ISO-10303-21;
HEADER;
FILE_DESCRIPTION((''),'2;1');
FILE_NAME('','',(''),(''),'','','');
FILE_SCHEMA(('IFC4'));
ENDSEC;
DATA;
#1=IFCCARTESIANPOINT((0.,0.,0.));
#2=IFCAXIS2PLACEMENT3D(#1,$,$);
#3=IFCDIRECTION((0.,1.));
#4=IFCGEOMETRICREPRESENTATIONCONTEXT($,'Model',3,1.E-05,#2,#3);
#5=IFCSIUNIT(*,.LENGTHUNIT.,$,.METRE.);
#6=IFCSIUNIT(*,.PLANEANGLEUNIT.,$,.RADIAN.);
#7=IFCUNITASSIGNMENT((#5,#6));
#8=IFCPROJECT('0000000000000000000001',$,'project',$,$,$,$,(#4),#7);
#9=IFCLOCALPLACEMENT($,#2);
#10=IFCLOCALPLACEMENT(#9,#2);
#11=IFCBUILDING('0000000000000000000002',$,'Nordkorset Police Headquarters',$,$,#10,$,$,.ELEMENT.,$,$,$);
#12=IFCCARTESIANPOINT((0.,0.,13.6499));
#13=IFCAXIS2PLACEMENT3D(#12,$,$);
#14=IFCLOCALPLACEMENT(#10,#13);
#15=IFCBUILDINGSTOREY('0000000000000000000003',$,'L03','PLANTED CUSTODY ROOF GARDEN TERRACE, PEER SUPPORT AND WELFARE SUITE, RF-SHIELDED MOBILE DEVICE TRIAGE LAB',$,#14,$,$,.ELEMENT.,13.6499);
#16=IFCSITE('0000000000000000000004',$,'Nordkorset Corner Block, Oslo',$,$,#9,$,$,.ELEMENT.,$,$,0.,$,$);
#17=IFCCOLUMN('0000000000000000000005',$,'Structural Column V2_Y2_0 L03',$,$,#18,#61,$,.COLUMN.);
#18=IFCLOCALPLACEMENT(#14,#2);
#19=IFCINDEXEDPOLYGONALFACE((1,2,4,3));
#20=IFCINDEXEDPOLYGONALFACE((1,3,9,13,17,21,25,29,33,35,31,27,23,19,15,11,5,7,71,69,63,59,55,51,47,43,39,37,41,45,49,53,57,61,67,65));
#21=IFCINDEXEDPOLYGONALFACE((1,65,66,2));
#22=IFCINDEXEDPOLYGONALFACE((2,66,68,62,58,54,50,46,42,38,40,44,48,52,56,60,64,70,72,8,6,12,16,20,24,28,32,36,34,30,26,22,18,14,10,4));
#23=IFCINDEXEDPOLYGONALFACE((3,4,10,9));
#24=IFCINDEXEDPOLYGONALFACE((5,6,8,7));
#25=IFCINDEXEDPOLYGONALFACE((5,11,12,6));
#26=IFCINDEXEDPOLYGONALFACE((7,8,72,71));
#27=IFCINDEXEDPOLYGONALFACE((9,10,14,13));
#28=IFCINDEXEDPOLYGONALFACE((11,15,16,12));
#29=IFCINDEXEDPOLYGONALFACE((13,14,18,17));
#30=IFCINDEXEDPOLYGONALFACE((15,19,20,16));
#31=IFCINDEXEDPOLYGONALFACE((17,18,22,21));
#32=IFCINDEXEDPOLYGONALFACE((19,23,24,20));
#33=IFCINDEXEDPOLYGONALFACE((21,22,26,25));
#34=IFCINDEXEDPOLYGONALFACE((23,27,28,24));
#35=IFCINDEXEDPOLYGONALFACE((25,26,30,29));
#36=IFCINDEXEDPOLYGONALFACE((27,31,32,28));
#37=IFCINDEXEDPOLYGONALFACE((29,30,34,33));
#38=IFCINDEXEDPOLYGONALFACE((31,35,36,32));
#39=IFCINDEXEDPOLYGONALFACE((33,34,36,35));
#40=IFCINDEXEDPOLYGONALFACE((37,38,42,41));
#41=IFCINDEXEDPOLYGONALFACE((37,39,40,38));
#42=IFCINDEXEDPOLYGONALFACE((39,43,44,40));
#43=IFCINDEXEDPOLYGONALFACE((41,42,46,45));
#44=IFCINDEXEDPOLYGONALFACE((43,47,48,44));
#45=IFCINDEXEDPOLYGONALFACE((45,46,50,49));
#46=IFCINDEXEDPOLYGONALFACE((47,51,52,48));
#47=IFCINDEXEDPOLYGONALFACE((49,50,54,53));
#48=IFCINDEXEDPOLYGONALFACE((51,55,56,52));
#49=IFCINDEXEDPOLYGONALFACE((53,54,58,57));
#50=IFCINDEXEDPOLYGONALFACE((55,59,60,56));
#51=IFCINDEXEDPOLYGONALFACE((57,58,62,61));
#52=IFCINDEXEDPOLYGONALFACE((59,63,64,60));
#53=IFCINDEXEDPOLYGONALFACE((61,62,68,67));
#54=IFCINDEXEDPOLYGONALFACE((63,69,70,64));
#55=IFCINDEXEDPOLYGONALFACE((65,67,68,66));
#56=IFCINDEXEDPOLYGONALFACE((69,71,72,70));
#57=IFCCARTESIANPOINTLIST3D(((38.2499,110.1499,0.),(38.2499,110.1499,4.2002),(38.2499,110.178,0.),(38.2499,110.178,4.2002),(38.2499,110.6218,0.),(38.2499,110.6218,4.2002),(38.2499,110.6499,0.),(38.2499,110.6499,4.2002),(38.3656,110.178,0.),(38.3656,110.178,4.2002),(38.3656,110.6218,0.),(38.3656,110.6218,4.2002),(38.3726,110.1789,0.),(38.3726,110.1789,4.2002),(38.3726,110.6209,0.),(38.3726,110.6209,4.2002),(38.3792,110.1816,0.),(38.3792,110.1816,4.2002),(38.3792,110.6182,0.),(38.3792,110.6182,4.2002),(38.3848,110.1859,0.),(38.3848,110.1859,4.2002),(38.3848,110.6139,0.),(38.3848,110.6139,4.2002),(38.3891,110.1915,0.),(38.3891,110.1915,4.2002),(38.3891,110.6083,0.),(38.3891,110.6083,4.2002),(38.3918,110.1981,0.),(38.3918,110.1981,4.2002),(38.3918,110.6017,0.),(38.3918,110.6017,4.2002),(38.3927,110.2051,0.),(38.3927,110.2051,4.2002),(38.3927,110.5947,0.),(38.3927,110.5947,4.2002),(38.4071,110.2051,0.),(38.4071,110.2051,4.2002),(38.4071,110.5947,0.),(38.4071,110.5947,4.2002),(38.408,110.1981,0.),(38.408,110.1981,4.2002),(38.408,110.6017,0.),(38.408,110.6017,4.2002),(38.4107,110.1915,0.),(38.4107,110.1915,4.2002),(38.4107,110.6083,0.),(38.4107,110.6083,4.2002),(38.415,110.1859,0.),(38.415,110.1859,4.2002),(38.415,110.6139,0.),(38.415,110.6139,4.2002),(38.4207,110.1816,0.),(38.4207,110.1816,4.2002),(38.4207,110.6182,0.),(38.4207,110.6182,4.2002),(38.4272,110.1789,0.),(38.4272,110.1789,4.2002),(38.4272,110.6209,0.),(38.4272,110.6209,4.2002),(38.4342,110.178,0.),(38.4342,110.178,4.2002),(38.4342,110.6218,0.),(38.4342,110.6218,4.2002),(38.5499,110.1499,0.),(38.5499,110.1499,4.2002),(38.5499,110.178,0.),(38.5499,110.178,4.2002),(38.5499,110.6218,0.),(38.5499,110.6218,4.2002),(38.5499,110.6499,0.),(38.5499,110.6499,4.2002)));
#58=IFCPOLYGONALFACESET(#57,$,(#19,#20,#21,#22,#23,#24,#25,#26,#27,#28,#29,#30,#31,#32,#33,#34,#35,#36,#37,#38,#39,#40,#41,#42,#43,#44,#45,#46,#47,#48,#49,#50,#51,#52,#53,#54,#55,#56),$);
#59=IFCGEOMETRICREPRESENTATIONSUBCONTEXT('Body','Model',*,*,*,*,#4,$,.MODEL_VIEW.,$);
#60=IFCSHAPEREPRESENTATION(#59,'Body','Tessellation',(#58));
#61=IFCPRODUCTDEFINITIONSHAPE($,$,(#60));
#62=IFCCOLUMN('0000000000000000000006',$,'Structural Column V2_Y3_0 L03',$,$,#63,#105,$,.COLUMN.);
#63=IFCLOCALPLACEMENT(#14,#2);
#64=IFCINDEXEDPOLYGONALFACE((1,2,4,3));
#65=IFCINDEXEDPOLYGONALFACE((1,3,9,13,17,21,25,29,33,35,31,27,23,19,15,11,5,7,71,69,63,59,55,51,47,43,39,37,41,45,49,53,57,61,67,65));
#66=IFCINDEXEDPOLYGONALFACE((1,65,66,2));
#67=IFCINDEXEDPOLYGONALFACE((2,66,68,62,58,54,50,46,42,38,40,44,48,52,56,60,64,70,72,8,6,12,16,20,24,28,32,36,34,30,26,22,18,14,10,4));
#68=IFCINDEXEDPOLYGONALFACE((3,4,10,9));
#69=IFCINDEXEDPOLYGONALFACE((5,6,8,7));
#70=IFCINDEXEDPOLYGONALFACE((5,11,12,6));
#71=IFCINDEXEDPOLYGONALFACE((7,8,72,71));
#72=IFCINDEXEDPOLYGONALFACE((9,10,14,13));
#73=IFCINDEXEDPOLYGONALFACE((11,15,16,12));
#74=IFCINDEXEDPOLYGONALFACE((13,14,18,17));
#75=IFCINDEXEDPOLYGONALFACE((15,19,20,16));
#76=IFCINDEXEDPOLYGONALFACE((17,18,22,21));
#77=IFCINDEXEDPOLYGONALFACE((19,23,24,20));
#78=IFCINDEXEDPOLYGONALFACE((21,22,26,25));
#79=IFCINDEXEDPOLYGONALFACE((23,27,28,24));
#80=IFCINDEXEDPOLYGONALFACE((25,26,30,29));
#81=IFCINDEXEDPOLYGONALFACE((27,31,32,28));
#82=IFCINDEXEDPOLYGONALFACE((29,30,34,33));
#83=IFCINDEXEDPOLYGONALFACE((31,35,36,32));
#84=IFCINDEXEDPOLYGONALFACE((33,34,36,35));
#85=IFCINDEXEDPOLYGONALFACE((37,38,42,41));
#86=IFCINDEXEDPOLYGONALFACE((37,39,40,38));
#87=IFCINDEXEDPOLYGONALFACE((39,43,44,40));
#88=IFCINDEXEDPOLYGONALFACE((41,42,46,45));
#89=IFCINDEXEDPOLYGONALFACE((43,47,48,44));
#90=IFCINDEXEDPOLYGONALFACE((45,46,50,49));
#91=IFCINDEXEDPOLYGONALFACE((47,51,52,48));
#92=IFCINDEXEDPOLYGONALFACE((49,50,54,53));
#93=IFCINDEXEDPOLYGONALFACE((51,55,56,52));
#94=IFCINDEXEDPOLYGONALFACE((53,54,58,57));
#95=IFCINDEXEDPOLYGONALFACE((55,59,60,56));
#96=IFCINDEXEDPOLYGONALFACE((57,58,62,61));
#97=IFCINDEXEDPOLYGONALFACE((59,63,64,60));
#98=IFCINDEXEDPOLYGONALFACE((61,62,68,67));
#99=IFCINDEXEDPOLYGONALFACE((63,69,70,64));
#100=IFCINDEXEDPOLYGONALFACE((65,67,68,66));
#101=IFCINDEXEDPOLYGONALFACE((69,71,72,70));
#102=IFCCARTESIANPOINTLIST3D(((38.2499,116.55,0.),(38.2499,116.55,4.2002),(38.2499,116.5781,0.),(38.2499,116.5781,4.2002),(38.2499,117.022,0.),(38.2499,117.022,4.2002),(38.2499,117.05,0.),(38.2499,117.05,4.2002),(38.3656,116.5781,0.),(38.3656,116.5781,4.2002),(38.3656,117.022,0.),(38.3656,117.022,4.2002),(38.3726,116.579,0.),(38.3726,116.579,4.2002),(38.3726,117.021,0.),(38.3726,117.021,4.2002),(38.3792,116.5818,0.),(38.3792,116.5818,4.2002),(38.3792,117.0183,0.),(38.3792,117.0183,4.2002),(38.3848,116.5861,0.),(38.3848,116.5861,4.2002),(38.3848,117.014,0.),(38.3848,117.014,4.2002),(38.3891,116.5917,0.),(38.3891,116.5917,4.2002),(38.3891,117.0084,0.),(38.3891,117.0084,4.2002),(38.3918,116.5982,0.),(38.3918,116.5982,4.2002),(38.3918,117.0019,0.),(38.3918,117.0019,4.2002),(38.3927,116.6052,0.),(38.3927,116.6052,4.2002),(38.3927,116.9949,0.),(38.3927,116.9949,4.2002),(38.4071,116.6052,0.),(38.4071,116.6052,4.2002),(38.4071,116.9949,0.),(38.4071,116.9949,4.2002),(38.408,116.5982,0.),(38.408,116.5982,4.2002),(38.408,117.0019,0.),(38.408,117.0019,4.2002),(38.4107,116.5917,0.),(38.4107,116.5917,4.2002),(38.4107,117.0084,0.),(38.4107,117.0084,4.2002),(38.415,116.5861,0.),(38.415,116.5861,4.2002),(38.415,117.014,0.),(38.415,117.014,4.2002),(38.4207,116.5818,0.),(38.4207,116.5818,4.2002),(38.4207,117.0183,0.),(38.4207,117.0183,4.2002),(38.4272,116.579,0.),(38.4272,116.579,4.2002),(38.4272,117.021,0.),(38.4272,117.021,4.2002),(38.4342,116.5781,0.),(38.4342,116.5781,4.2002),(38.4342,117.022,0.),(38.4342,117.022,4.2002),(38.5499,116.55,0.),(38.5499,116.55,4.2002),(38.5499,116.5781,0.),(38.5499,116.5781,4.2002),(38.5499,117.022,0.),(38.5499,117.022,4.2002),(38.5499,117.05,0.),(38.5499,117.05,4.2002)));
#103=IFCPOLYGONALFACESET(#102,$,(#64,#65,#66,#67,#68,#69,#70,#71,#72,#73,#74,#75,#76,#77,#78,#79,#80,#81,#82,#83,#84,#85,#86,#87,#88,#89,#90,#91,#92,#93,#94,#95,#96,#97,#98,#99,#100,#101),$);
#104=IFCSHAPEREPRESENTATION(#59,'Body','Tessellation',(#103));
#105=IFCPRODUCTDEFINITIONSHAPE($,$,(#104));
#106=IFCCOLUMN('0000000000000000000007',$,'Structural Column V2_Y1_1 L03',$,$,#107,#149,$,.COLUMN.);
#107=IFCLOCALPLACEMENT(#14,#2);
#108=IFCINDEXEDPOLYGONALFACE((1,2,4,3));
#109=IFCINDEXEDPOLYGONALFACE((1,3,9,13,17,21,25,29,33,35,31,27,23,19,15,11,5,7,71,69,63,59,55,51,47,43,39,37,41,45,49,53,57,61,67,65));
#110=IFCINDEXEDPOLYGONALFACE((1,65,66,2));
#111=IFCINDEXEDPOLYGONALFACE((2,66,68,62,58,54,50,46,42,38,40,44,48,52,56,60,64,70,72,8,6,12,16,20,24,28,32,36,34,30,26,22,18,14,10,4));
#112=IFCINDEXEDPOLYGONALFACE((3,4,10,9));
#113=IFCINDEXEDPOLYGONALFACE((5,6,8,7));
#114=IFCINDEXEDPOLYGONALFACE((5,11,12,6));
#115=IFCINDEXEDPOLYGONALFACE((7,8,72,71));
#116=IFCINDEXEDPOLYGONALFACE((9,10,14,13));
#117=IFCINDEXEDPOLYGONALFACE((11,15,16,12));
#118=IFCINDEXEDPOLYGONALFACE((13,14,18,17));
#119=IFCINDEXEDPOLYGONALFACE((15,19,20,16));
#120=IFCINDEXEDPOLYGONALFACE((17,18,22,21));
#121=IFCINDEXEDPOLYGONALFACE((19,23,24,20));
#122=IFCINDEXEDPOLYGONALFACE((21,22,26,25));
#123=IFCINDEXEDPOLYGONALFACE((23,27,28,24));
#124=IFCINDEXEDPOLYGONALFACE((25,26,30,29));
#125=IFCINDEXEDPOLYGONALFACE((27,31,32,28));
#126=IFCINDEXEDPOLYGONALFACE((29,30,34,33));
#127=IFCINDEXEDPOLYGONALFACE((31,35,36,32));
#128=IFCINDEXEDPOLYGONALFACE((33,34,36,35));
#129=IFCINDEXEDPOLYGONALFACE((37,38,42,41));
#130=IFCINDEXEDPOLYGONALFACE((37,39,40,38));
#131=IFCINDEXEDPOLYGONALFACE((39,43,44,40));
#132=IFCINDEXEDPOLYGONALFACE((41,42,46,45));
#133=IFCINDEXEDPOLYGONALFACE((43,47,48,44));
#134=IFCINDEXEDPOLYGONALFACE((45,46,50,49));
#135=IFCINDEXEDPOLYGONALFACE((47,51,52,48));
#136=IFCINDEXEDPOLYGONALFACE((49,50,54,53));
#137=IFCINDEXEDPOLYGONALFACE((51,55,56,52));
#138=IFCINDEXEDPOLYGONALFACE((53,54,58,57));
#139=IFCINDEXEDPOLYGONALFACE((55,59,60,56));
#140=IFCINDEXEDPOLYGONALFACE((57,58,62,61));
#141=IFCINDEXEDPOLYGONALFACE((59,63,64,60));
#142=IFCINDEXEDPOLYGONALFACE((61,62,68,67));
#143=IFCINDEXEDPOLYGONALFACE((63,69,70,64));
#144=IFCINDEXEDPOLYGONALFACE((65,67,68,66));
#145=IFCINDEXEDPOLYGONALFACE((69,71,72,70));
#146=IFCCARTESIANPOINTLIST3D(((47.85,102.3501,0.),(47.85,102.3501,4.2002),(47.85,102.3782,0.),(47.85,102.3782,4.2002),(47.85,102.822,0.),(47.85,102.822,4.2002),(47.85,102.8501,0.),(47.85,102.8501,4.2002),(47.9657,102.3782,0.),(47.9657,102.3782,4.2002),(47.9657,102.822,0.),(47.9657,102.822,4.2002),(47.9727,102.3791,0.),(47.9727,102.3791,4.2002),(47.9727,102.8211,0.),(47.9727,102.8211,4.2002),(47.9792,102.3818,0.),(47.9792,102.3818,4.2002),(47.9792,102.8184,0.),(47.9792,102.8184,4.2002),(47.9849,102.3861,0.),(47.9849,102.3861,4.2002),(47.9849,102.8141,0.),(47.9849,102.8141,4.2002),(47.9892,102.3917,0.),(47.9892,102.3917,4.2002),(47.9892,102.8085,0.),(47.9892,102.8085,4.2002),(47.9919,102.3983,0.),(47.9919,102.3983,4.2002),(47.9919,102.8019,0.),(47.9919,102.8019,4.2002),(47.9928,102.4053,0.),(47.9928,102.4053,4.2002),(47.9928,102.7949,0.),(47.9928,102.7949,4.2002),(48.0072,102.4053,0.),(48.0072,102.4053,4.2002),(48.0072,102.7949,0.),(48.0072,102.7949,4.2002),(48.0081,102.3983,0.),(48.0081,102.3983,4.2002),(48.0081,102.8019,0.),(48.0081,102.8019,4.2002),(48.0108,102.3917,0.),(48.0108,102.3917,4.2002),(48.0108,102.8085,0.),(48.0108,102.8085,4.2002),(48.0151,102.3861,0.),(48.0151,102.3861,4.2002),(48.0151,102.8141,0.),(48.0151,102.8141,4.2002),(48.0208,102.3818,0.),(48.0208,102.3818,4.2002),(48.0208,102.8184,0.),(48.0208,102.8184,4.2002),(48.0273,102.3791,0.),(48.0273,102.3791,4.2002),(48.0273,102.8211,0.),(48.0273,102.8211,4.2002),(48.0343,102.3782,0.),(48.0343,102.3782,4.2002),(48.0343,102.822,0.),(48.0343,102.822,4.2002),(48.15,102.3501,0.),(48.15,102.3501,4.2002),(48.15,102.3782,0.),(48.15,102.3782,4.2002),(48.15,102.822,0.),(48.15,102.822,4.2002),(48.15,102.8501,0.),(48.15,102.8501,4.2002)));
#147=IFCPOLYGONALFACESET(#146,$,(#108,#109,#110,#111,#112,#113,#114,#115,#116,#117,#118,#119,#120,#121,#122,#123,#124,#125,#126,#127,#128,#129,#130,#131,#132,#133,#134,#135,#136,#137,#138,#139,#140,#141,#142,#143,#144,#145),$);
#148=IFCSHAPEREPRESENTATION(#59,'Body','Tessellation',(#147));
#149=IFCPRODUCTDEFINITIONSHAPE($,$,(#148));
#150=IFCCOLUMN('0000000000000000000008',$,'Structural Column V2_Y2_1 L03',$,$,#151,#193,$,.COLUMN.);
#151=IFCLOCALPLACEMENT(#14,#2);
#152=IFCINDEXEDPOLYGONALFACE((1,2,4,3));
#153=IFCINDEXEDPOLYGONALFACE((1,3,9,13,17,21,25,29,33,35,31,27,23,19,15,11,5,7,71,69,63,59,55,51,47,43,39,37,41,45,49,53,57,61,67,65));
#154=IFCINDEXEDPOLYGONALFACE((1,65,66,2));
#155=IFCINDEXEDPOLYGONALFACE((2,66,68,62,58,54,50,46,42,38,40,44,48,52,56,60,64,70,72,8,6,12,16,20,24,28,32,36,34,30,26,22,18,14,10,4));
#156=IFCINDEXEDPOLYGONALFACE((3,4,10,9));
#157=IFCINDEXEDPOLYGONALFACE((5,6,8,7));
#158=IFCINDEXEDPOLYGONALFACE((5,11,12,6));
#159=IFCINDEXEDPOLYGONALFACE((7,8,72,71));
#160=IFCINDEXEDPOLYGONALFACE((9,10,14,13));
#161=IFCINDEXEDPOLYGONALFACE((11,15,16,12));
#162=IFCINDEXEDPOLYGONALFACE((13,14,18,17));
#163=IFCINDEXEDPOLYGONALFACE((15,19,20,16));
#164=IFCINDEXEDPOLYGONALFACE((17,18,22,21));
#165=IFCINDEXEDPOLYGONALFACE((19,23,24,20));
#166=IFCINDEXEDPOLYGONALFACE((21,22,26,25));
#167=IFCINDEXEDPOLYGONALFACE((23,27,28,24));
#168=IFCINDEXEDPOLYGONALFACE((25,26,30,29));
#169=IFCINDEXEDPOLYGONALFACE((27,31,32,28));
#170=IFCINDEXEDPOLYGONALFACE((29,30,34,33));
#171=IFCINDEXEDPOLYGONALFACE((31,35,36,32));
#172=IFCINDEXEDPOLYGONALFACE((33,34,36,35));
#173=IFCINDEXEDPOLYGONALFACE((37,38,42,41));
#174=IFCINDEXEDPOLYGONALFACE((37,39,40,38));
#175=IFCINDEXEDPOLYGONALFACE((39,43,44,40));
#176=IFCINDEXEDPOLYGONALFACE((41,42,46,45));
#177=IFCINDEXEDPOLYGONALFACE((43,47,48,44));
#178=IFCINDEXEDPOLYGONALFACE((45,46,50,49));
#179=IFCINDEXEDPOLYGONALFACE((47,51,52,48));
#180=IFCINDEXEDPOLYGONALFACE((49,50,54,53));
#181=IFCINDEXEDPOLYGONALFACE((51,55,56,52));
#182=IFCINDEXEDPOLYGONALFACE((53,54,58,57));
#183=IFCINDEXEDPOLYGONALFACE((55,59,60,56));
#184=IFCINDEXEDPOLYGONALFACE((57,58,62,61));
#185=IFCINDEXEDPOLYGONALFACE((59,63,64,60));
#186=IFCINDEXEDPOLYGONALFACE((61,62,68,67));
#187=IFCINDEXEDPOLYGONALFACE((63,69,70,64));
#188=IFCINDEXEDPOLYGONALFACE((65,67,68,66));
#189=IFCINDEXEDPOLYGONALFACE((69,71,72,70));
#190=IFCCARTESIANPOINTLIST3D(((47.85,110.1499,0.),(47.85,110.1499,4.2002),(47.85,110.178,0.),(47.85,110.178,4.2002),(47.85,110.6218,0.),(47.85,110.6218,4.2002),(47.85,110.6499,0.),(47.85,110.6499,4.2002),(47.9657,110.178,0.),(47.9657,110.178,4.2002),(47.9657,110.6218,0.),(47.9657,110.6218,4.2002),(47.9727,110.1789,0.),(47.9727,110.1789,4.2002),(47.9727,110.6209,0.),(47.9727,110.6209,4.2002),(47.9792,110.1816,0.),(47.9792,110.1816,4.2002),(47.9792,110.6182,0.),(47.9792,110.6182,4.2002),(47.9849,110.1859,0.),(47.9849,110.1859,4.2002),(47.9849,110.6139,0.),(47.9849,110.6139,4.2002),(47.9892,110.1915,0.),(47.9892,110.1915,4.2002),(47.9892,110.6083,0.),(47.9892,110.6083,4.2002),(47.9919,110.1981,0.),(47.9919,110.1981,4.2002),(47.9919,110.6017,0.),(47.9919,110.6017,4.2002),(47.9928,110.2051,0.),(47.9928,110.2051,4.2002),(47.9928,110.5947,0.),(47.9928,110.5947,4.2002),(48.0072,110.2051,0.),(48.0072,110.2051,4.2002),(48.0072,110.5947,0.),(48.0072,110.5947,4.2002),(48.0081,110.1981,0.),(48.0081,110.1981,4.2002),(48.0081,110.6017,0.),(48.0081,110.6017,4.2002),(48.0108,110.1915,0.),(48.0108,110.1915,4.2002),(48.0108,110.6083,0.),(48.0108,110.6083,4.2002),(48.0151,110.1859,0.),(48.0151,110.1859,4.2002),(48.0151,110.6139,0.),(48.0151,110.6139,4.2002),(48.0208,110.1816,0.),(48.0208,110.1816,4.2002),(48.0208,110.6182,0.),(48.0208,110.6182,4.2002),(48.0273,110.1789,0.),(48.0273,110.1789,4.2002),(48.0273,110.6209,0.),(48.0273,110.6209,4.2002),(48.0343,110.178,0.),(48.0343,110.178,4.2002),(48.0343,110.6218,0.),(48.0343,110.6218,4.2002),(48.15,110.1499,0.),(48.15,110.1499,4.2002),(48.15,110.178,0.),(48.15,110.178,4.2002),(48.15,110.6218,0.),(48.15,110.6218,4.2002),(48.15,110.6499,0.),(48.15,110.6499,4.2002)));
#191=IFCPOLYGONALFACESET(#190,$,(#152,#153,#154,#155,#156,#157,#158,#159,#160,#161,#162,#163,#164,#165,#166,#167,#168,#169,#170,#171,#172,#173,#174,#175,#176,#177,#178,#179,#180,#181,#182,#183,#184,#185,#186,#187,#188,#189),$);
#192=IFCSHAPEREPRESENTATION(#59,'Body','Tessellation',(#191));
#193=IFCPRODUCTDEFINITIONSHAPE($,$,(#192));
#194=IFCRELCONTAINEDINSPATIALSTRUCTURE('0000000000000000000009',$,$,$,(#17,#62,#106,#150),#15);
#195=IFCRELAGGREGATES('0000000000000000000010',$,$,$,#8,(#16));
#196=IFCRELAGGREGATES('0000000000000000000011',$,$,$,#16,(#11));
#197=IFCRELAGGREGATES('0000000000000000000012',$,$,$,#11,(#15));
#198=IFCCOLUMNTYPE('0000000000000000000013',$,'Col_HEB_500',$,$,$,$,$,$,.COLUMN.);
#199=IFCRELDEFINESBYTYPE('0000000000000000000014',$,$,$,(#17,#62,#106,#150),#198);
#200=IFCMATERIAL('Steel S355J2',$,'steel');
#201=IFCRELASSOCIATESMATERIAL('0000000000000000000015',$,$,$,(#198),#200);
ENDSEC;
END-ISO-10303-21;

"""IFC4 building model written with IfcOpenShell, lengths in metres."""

from ifc_helpers import new_model, si_unit, direction, frame, origin, origin_2d, place, context, subcontext, project, spatial, i_section, extrude, material, material_profile, profile_set, type_object, element, save


model = new_model("IFC4")

# Units and contexts
model_context = context("Model", 3, precision=1e-05, world=origin(), true_north=direction((0.0, 1.0)))
body_context = subcontext(model_context, "Body", "Model", "MODEL_VIEW")
ifc_project = project(units=[si_unit("LENGTHUNIT", "METRE"), si_unit("PLANEANGLEUNIT", "RADIAN")], contexts=[model_context])

# Site, building, storey
site_placement = place(None, origin())
site = spatial("IfcSite", under=ifc_project, at=site_placement, Name="Nordkorset Corner Block, Oslo", CompositionType="ELEMENT", RefElevation=0.0)
building_placement = place(site_placement, origin())
building = spatial("IfcBuilding", under=site, at=building_placement, Name="Nordkorset Police Headquarters", CompositionType="ELEMENT")
storey_placement = place(building_placement, frame((0.0, 0.0, 13.6499)))
storey = spatial("IfcBuildingStorey", under=building, at=storey_placement, Name="L03", Description="PLANTED CUSTODY ROOF GARDEN TERRACE, PEER SUPPORT AND WELFARE SUITE, RF-SHIELDED MOBILE DEVICE TRIAGE LAB", CompositionType="ELEMENT", Elevation=13.6499)

# Columns
ifc_material_1 = material(Name="Steel S355J2", Category="steel")
ifc_material_profile_1 = material_profile(ifc_material_1, i_section(OverallWidth=0.3, OverallDepth=0.5, WebThickness=0.0144, FlangeThickness=0.0281, FilletRadius=0.0271, at=origin_2d()), Name="HEB 500")
ifc_profile_set_1 = profile_set([ifc_material_profile_1], Name="Steel S355J2")
column_type = type_object("IfcColumnType", Name="Col_HEB_500", PredefinedType="COLUMN", material=ifc_profile_set_1)
for number, where, z_axis, x_axis, name in (
    (1, (38.3999, 110.3999, 0.0), (0.0, 0.0, 1.0), (1.0, 0.0, 0.0), "Structural Column V2_Y2_0 L03"),
    (2, (38.3999, 116.8, 0.0), (0.0, 0.0, 1.0), (1.0, 0.0, 0.0), "Structural Column V2_Y3_0 L03"),
    (3, (48.0, 102.6001, 0.0), (0.0, 0.0, 1.0), (1.0, 0.0, 0.0), "Structural Column V2_Y1_1 L03"),
    (4, (48.0, 110.3999, 0.0), (0.0, 0.0, 1.0), (1.0, 0.0, 0.0), "Structural Column V2_Y2_1 L03"),
):
    element("IfcColumn", number, at=place(storey_placement, frame(where, z_axis=z_axis, x_axis=x_axis)), inside=storey, type_object=column_type, Name=name, PredefinedType="COLUMN", context=body_context, shape_type="SweptSolid", body=[
        extrude(i_section(OverallWidth=0.3, OverallDepth=0.5, WebThickness=0.0144, FlangeThickness=0.0281, FilletRadius=0.0271, at=origin_2d()), origin(), (0.0, 0.0, 1.0), 4.2002),
    ])

save(model, "model.ifc")
